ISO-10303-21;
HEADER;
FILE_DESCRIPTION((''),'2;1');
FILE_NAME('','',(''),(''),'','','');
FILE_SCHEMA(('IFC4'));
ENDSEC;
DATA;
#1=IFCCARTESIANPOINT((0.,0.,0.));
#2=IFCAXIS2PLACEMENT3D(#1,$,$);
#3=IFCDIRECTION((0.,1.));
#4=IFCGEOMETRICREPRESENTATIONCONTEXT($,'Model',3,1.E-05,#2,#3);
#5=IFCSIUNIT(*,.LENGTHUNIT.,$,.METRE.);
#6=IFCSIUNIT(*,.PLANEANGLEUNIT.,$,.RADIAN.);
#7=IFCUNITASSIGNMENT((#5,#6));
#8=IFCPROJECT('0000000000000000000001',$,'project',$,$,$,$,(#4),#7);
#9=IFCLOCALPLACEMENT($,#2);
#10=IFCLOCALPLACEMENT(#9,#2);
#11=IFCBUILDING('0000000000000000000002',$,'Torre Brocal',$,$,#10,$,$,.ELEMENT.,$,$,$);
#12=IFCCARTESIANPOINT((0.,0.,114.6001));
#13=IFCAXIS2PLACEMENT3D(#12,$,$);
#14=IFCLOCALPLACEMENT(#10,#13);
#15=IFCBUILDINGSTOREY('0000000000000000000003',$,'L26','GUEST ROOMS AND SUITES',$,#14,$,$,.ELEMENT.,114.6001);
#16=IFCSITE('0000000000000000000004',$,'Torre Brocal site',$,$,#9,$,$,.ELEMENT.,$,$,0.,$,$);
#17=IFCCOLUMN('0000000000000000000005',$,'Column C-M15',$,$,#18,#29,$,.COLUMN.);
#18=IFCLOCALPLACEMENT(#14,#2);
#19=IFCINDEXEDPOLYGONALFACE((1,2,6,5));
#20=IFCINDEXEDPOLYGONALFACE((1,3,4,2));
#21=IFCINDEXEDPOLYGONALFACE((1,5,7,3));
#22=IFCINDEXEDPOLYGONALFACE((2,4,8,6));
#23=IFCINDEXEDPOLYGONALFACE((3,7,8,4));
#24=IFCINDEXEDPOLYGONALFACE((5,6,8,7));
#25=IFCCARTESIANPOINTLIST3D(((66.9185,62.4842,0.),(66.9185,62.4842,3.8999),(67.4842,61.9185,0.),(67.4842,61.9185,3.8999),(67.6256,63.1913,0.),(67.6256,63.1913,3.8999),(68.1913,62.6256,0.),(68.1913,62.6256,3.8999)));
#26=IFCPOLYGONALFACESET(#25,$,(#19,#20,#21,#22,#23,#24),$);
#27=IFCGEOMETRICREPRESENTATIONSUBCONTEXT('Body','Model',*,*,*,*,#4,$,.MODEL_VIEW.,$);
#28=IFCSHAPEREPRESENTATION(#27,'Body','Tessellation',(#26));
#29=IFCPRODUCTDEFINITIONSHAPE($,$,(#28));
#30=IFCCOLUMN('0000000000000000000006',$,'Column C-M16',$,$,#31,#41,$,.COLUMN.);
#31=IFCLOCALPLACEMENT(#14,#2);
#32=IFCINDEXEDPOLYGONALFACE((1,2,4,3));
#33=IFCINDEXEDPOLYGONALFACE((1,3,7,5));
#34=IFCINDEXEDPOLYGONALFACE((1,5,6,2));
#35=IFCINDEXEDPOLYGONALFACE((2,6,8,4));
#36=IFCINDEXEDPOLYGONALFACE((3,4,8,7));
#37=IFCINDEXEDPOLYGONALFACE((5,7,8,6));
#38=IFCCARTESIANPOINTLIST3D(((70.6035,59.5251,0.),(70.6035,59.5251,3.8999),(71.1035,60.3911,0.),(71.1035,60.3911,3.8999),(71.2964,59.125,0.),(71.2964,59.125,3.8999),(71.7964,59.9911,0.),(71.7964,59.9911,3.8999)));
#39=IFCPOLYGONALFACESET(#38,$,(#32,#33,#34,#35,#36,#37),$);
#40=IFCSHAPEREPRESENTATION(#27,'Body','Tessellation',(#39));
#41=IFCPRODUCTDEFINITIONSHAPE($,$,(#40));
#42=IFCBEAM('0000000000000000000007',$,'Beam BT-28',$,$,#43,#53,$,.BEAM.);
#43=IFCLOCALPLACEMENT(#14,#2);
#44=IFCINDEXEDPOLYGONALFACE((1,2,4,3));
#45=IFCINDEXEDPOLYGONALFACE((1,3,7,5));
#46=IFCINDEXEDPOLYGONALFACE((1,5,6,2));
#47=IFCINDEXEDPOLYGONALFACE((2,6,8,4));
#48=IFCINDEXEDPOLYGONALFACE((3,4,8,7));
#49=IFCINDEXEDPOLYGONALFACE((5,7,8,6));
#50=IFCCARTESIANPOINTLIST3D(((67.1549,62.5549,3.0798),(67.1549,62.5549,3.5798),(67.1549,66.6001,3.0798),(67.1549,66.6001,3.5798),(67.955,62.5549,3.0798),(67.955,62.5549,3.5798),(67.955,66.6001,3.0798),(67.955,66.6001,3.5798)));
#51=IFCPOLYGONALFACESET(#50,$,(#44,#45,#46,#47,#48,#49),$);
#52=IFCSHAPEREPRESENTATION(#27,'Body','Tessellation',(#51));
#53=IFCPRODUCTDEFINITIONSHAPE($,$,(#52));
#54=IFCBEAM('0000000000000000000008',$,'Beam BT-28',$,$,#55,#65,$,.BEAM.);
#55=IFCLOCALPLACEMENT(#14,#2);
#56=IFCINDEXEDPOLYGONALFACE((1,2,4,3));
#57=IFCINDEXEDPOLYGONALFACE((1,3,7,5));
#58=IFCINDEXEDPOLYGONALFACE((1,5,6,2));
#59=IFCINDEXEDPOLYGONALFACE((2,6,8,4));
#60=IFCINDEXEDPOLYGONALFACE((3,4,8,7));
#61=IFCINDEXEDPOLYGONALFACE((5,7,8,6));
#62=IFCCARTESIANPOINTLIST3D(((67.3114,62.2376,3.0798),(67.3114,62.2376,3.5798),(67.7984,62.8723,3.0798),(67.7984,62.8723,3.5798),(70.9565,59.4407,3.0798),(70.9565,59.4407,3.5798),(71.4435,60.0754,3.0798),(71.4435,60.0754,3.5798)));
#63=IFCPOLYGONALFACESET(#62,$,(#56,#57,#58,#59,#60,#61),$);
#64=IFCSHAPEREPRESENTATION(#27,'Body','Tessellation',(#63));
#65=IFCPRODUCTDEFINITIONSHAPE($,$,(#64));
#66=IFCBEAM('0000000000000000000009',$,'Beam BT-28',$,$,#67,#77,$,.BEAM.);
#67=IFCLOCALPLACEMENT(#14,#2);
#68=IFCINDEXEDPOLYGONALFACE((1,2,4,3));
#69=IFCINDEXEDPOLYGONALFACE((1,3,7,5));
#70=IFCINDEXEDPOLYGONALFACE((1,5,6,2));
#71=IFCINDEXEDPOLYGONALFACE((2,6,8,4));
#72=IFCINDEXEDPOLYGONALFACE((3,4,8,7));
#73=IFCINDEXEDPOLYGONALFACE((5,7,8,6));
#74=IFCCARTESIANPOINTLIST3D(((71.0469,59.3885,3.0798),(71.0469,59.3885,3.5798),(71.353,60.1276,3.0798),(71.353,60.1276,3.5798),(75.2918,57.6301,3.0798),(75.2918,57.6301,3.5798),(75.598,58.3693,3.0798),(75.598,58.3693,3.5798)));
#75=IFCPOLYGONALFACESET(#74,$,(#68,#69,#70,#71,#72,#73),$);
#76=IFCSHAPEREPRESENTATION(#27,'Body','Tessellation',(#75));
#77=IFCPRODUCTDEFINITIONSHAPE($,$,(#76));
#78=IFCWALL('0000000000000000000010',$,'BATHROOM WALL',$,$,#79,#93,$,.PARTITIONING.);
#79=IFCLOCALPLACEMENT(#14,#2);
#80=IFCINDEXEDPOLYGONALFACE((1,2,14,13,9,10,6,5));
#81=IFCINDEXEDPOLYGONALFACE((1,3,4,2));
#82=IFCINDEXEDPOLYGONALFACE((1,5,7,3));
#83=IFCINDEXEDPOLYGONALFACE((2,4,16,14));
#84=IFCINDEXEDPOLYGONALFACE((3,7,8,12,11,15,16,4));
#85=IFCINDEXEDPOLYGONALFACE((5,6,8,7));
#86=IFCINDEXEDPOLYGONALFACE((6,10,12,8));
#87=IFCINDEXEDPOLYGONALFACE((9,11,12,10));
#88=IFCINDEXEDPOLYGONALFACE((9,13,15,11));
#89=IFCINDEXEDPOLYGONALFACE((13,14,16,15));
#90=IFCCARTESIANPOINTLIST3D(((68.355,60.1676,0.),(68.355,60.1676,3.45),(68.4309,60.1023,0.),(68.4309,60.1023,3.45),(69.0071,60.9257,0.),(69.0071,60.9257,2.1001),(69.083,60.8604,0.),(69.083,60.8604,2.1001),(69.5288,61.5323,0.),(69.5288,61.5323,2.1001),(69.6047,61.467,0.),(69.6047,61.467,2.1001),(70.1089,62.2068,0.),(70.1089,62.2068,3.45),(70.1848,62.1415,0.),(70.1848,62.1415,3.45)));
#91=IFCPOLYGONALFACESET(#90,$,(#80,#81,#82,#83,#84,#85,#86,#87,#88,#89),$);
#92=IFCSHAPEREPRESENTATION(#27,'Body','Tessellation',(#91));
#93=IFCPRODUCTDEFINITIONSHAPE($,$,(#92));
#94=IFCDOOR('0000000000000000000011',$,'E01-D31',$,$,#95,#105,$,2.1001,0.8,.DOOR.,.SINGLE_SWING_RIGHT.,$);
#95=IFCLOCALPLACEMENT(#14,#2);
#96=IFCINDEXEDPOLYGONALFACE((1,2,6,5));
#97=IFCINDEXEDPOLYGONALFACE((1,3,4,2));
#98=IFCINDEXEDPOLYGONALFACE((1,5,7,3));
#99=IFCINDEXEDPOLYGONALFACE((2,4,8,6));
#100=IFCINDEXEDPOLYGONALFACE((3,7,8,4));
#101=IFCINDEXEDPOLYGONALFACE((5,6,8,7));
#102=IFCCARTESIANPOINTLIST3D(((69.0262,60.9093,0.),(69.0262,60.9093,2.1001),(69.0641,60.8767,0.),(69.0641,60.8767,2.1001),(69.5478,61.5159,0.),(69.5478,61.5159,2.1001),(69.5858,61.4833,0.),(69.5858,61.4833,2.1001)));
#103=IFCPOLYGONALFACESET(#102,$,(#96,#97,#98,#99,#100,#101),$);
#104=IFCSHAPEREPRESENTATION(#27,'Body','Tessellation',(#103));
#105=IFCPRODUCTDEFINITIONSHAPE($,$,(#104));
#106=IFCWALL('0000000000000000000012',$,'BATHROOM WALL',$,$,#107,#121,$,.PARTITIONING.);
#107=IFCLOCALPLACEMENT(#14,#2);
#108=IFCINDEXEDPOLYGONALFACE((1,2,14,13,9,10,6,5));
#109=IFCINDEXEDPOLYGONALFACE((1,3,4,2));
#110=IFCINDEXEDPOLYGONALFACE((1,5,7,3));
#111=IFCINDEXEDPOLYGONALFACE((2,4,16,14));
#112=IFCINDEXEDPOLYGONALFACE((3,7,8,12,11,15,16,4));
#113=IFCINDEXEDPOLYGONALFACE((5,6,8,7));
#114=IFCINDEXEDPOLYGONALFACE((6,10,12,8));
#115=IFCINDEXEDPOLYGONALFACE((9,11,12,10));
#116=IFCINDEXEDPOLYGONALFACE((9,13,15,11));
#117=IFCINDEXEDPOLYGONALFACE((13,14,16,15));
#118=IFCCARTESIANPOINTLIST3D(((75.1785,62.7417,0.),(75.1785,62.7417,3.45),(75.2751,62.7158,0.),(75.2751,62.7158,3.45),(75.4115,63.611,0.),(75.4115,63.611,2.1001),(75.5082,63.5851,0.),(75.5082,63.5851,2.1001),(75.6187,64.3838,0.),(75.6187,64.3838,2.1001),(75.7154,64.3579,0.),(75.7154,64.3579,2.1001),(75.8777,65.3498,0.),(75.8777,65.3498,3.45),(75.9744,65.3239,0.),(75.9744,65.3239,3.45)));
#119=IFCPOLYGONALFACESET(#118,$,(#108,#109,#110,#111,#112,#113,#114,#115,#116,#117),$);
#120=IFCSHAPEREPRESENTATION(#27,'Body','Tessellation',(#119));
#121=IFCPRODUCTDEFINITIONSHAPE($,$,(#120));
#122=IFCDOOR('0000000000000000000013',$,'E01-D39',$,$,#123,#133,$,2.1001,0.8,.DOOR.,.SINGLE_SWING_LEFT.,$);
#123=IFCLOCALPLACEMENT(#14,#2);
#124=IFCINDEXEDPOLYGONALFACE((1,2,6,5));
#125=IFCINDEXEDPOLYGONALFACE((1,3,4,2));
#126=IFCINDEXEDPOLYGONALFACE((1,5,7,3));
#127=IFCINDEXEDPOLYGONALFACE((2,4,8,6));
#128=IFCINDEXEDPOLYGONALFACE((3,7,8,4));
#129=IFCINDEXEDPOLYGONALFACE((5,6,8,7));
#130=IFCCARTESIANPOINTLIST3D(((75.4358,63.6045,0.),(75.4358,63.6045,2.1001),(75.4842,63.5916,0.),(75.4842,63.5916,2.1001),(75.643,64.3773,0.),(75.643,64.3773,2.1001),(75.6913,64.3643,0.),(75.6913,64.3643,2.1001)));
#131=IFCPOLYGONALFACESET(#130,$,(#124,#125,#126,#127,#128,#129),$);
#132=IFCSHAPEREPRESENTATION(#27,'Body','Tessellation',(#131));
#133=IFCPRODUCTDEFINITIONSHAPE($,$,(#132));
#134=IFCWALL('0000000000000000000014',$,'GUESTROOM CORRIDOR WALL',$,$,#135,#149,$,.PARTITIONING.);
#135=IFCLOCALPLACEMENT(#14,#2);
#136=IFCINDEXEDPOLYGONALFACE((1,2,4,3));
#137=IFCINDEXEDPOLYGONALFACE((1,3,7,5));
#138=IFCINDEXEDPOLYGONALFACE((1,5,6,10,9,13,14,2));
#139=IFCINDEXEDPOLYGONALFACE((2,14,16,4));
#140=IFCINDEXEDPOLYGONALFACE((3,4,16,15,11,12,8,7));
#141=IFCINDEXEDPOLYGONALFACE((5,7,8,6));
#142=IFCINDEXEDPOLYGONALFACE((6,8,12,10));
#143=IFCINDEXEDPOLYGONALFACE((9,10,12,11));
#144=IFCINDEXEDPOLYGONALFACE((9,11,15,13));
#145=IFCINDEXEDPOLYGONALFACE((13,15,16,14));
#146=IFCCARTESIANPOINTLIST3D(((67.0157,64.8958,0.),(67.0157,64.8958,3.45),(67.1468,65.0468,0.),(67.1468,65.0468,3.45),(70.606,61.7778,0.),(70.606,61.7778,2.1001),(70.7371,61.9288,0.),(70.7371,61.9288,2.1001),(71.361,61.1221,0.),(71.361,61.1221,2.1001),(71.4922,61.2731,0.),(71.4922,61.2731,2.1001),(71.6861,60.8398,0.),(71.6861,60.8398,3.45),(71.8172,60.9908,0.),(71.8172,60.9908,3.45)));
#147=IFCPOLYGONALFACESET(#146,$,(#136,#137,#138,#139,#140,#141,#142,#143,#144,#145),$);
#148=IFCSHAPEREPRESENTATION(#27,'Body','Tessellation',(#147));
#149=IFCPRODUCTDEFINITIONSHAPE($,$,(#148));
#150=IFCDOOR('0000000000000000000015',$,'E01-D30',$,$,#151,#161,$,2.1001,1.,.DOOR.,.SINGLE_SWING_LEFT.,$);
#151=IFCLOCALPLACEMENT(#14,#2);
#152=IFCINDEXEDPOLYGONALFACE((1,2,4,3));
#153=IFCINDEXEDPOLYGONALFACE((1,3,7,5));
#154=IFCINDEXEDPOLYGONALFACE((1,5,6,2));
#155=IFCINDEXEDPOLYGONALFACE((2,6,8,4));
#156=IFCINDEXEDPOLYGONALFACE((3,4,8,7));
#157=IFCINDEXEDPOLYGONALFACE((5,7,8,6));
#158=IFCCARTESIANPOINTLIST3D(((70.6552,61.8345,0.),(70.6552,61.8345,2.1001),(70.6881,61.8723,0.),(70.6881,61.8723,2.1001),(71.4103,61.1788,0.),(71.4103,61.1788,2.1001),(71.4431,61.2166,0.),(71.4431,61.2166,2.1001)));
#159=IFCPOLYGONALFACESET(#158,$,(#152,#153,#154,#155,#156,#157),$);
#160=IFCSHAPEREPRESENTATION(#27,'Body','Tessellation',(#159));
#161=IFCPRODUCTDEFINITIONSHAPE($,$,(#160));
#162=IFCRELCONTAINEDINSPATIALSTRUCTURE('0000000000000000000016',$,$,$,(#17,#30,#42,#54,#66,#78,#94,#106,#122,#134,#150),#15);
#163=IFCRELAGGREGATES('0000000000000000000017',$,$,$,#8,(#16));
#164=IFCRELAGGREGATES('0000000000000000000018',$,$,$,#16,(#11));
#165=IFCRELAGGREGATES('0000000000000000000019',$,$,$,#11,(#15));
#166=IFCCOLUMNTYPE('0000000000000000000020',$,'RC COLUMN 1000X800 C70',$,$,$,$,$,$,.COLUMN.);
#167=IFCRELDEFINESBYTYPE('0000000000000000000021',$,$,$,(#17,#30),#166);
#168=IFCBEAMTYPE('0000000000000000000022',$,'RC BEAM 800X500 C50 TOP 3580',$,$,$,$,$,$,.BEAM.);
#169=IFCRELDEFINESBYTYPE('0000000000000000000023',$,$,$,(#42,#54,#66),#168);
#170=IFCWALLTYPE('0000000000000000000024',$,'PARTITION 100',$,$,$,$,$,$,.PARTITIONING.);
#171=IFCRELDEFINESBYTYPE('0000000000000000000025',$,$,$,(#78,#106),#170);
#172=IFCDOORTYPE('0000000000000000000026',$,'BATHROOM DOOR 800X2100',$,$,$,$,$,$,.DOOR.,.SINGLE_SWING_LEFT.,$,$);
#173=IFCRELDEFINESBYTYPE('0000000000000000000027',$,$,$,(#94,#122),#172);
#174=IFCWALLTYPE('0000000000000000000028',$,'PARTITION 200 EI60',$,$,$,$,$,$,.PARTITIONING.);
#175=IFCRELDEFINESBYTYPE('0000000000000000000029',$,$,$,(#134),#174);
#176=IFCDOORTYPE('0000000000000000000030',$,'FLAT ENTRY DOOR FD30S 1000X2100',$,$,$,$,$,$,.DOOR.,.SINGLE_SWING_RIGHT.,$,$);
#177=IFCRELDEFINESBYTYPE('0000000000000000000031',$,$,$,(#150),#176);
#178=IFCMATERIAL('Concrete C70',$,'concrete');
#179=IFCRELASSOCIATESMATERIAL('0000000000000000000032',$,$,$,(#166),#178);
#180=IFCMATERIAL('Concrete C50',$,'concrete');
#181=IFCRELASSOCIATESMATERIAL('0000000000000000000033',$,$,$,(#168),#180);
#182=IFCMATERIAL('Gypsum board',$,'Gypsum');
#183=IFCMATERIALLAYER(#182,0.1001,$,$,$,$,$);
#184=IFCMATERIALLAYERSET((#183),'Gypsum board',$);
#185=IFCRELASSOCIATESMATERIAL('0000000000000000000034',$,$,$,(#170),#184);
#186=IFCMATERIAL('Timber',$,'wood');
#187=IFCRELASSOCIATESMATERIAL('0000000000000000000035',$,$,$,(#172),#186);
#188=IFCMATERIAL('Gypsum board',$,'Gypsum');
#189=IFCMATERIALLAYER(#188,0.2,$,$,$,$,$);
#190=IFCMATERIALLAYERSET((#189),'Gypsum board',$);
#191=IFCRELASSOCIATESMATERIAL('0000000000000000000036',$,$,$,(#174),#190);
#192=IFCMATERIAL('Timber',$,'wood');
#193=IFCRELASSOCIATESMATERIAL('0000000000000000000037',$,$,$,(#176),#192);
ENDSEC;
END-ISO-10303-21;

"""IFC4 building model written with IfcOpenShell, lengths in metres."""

from ifc_helpers import new_model, si_unit, direction, frame, frame_2d, origin, origin_2d, place, context, subcontext, project, spatial, rectangle, extrude, material, layer, layer_set, material_profile, profile_set, type_object, element, fill, save


model = new_model("IFC4")

# Units and contexts
model_context = context("Model", 3, precision=1e-05, world=origin(), true_north=direction((0.0, 1.0)))
body_context = subcontext(model_context, "Body", "Model", "MODEL_VIEW")
ifc_project = project(units=[si_unit("LENGTHUNIT", "METRE"), si_unit("PLANEANGLEUNIT", "RADIAN")], contexts=[model_context])

# Site, building, storey
site_placement = place(None, origin())
site = spatial("IfcSite", under=ifc_project, at=site_placement, Name="Torre Brocal site", CompositionType="ELEMENT", RefElevation=0.0)
building_placement = place(site_placement, origin())
building = spatial("IfcBuilding", under=site, at=building_placement, Name="Torre Brocal", CompositionType="ELEMENT")
storey_placement = place(building_placement, frame((0.0, 0.0, 114.6001)))
storey = spatial("IfcBuildingStorey", under=building, at=storey_placement, Name="L26", Description="GUEST ROOMS AND SUITES", CompositionType="ELEMENT", Elevation=114.6001)

# Columns
ifc_material_1 = material(Name="Concrete C70", Category="concrete")
ifc_material_profile_1 = material_profile(ifc_material_1, rectangle(XDim=1.0, YDim=0.8, at=origin_2d()), Name="RC 1000X800")
ifc_profile_set_1 = profile_set([ifc_material_profile_1], Name="Concrete C70")
column_type = type_object("IfcColumnType", Name="RC COLUMN 1000X800 C70", PredefinedType="COLUMN", material=ifc_profile_set_1)
for number, where, z_axis, x_axis, name in (
    (1, (67.5549, 62.5549, 0.0), (0.0, 0.0, 1.0), (-0.707107, -0.707107, 0.0), "Column C-M15"),
    (2, (71.2, 59.7581, 0.0), (0.0, 0.0, 1.0), (-0.5, -0.866025, 0.0), "Column C-M16"),
):
    element("IfcColumn", number, at=place(storey_placement, frame(where, z_axis=z_axis, x_axis=x_axis)), inside=storey, type_object=column_type, Name=name, PredefinedType="COLUMN", context=body_context, shape_type="SweptSolid", body=[
        extrude(rectangle(XDim=1.0, YDim=0.8, at=origin_2d()), origin(), (0.0, 0.0, 1.0), 3.8999),
    ])

# Beams
ifc_material_2 = material(Name="Concrete C50", Category="concrete")
ifc_material_profile_2 = material_profile(ifc_material_2, rectangle(XDim=0.8, YDim=0.5, at=origin_2d()), Name="RC 800X500")
ifc_profile_set_2 = profile_set([ifc_material_profile_2], Name="Concrete C50")
beam_type = type_object("IfcBeamType", Name="RC BEAM 800X500 C50 TOP 3580", PredefinedType="BEAM", material=ifc_profile_set_2)
beam_1_placement = place(storey_placement, frame((67.5549, 62.5549, 3.3298), z_axis=(0.0, 1.0, 0.0), x_axis=(-1.0, 0.0, 0.0)))
element("IfcBeam", 3, at=beam_1_placement, inside=storey, type_object=beam_type, Name="Beam BT-28", PredefinedType="BEAM", context=body_context, shape_type="SweptSolid", body=[
    extrude(rectangle(XDim=0.8, YDim=0.5, at=origin_2d()), origin(), (0.0, 0.0, 1.0), 4.0452),
])
beam_2_placement = place(storey_placement, frame((67.5549, 62.5549, 3.3298), z_axis=(0.793358, -0.608755, 0.0), x_axis=(0.608755, 0.793358, 0.0)))
element("IfcBeam", 4, at=beam_2_placement, inside=storey, type_object=beam_type, Name="Beam BT-28", PredefinedType="BEAM", context=body_context, shape_type="SweptSolid", body=[
    extrude(rectangle(XDim=0.8, YDim=0.5, at=origin_2d()), origin(), (0.0, 0.0, 1.0), 4.5945),
])
beam_3_placement = place(storey_placement, frame((71.2, 59.7581, 3.3298), z_axis=(0.923878, -0.382687, 0.0), x_axis=(0.382687, 0.923878, 0.0)))
element("IfcBeam", 5, at=beam_3_placement, inside=storey, type_object=beam_type, Name="Beam BT-28", PredefinedType="BEAM", context=body_context, shape_type="SweptSolid", body=[
    extrude(rectangle(XDim=0.8, YDim=0.5, at=origin_2d()), origin(), (0.0, 0.0, 1.0), 4.5947),
])

# Walls, openings, doors
ifc_material_3 = material(Name="Gypsum board", Category="Gypsum")
ifc_layer_1 = layer(ifc_material_3, 0.1001)
ifc_layer_set_1 = layer_set([ifc_layer_1], Name="Gypsum board")
wall_type_1 = type_object("IfcWallType", Name="PARTITION 100", PredefinedType="PARTITIONING", material=ifc_layer_set_1)
wall_1_placement = place(storey_placement, frame((68.3931, 60.135, 0.0), z_axis=(0.0, 0.0, 1.0), x_axis=(0.652061, 0.758166, 0.0)))
wall_1 = element("IfcWall", 6, at=wall_1_placement, inside=storey, type_object=wall_type_1, Name="BATHROOM WALL", PredefinedType="PARTITIONING", context=body_context, shape_type="SweptSolid", body=[
    extrude(rectangle(XDim=2.6897, YDim=0.1001, at=frame_2d((1.3447, 0.0))), origin(), (0.0, 0.0, 1.0), 3.45),
])
opening_1_placement = place(wall_1_placement, frame((1.0, 0.0, 0.0)))
opening_1 = element("IfcOpeningElement", 7, at=opening_1_placement, cuts=wall_1, PredefinedType="OPENING", context=body_context, shape_type="SweptSolid", body=[
    extrude(rectangle(XDim=0.8, YDim=2.1001, at=frame_2d((0.3999, 1.05))), frame((0.0, 0.0601, 0.0), z_axis=(0.0, -1.0, 0.0), x_axis=(1.0, 0.0, 0.0)), (0.0, 0.0, 1.0), 0.1201),
])
ifc_material_4 = material(Name="Timber", Category="wood")
door_type_1 = type_object("IfcDoorType", Name="BATHROOM DOOR 800X2100", OperationType="SINGLE_SWING_LEFT", PredefinedType="DOOR", material=ifc_material_4)
door_1_placement = place(opening_1_placement, origin())
door_1 = element("IfcDoor", 8, at=door_1_placement, inside=storey, type_object=door_type_1, Name="E01-D31", OperationType="SINGLE_SWING_RIGHT", OverallHeight=2.1001, OverallWidth=0.8, PredefinedType="DOOR", context=body_context, shape_type="SweptSolid", body=[
    extrude(rectangle(XDim=0.8, YDim=2.1001, at=frame_2d((0.3999, 1.05))), frame((0.0, 0.0249, 0.0), z_axis=(0.0, -1.0, 0.0), x_axis=(1.0, 0.0, 0.0)), (0.0, 0.0, 1.0), 0.05),
])
fill(opening_1, door_1)
wall_2_placement = place(storey_placement, frame((75.2268, 62.7288, 0.0), z_axis=(0.0, 0.0, 1.0), x_axis=(0.258945, 0.965892, 0.0)))
wall_2 = element("IfcWall", 9, at=wall_2_placement, inside=storey, type_object=wall_type_1, Name="BATHROOM WALL", PredefinedType="PARTITIONING", context=body_context, shape_type="SweptSolid", body=[
    extrude(rectangle(XDim=2.7002, YDim=0.1001, at=frame_2d((1.3501, 0.0))), origin(), (0.0, 0.0, 1.0), 3.45),
])
opening_2_placement = place(wall_2_placement, frame((0.9001, 0.0, 0.0)))
opening_2 = element("IfcOpeningElement", 10, at=opening_2_placement, cuts=wall_2, PredefinedType="OPENING", context=body_context, shape_type="SweptSolid", body=[
    extrude(rectangle(XDim=0.8, YDim=2.1001, at=frame_2d((0.3999, 1.05))), frame((0.0, 0.0601, 0.0), z_axis=(0.0, -1.0, 0.0), x_axis=(1.0, 0.0, 0.0)), (0.0, 0.0, 1.0), 0.1201),
])
door_2_placement = place(opening_2_placement, origin())
door_2 = element("IfcDoor", 11, at=door_2_placement, inside=storey, type_object=door_type_1, Name="E01-D39", OperationType="SINGLE_SWING_LEFT", OverallHeight=2.1001, OverallWidth=0.8, PredefinedType="DOOR", context=body_context, shape_type="SweptSolid", body=[
    extrude(rectangle(XDim=0.8, YDim=2.1001, at=frame_2d((0.3999, 1.05))), frame((0.0, 0.0249, 0.0), z_axis=(0.0, -1.0, 0.0), x_axis=(1.0, 0.0, 0.0)), (0.0, 0.0, 1.0), 0.05),
])
fill(opening_2, door_2)
ifc_material_5 = material(Name="Gypsum board", Category="Gypsum")
ifc_layer_2 = layer(ifc_material_5, 0.2)
ifc_layer_set_2 = layer_set([ifc_layer_2], Name="Gypsum board")
wall_type_2 = type_object("IfcWallType", Name="PARTITION 200 EI60", PredefinedType="PARTITIONING", material=ifc_layer_set_2)
wall_3_placement = place(storey_placement, frame((67.0813, 64.9712, 0.0), z_axis=(0.0, 0.0, 1.0), x_axis=(0.755031, -0.655689, 0.0)))
wall_3 = element("IfcWall", 12, at=wall_3_placement, inside=storey, type_object=wall_type_2, Name="GUESTROOM CORRIDOR WALL", PredefinedType="PARTITIONING", context=body_context, shape_type="SweptSolid", body=[
    extrude(rectangle(XDim=6.1858, YDim=0.2, at=frame_2d((3.0928, 0.0))), origin(), (0.0, 0.0, 1.0), 3.45),
])
opening_3_placement = place(wall_3_placement, frame((4.7551, 0.0, 0.0)))
opening_3 = element("IfcOpeningElement", 13, at=opening_3_placement, cuts=wall_3, PredefinedType="OPENING", context=body_context, shape_type="SweptSolid", body=[
    extrude(rectangle(XDim=1.0, YDim=2.1001, at=frame_2d((0.5, 1.05))), frame((0.0, 0.1099, 0.0), z_axis=(0.0, -1.0, 0.0), x_axis=(1.0, 0.0, 0.0)), (0.0, 0.0, 1.0), 0.22),
])
ifc_material_6 = material(Name="Timber", Category="wood")
door_type_2 = type_object("IfcDoorType", Name="FLAT ENTRY DOOR FD30S 1000X2100", OperationType="SINGLE_SWING_RIGHT", PredefinedType="DOOR", material=ifc_material_6)
door_3_placement = place(opening_3_placement, frame((1.0, 0.0, 0.0), z_axis=(0.0, 0.0, 1.0), x_axis=(-1.0, 0.0, 0.0)))
door_3 = element("IfcDoor", 14, at=door_3_placement, inside=storey, type_object=door_type_2, Name="E01-D30", OperationType="SINGLE_SWING_LEFT", OverallHeight=2.1001, OverallWidth=1.0, PredefinedType="DOOR", context=body_context, shape_type="SweptSolid", body=[
    extrude(rectangle(XDim=1.0, YDim=2.1001, at=frame_2d((0.5, 1.05))), frame((0.0, 0.0249, 0.0), z_axis=(0.0, -1.0, 0.0), x_axis=(1.0, 0.0, 0.0)), (0.0, 0.0, 1.0), 0.05),
])
fill(opening_3, door_3)

save(model, "model.ifc")
